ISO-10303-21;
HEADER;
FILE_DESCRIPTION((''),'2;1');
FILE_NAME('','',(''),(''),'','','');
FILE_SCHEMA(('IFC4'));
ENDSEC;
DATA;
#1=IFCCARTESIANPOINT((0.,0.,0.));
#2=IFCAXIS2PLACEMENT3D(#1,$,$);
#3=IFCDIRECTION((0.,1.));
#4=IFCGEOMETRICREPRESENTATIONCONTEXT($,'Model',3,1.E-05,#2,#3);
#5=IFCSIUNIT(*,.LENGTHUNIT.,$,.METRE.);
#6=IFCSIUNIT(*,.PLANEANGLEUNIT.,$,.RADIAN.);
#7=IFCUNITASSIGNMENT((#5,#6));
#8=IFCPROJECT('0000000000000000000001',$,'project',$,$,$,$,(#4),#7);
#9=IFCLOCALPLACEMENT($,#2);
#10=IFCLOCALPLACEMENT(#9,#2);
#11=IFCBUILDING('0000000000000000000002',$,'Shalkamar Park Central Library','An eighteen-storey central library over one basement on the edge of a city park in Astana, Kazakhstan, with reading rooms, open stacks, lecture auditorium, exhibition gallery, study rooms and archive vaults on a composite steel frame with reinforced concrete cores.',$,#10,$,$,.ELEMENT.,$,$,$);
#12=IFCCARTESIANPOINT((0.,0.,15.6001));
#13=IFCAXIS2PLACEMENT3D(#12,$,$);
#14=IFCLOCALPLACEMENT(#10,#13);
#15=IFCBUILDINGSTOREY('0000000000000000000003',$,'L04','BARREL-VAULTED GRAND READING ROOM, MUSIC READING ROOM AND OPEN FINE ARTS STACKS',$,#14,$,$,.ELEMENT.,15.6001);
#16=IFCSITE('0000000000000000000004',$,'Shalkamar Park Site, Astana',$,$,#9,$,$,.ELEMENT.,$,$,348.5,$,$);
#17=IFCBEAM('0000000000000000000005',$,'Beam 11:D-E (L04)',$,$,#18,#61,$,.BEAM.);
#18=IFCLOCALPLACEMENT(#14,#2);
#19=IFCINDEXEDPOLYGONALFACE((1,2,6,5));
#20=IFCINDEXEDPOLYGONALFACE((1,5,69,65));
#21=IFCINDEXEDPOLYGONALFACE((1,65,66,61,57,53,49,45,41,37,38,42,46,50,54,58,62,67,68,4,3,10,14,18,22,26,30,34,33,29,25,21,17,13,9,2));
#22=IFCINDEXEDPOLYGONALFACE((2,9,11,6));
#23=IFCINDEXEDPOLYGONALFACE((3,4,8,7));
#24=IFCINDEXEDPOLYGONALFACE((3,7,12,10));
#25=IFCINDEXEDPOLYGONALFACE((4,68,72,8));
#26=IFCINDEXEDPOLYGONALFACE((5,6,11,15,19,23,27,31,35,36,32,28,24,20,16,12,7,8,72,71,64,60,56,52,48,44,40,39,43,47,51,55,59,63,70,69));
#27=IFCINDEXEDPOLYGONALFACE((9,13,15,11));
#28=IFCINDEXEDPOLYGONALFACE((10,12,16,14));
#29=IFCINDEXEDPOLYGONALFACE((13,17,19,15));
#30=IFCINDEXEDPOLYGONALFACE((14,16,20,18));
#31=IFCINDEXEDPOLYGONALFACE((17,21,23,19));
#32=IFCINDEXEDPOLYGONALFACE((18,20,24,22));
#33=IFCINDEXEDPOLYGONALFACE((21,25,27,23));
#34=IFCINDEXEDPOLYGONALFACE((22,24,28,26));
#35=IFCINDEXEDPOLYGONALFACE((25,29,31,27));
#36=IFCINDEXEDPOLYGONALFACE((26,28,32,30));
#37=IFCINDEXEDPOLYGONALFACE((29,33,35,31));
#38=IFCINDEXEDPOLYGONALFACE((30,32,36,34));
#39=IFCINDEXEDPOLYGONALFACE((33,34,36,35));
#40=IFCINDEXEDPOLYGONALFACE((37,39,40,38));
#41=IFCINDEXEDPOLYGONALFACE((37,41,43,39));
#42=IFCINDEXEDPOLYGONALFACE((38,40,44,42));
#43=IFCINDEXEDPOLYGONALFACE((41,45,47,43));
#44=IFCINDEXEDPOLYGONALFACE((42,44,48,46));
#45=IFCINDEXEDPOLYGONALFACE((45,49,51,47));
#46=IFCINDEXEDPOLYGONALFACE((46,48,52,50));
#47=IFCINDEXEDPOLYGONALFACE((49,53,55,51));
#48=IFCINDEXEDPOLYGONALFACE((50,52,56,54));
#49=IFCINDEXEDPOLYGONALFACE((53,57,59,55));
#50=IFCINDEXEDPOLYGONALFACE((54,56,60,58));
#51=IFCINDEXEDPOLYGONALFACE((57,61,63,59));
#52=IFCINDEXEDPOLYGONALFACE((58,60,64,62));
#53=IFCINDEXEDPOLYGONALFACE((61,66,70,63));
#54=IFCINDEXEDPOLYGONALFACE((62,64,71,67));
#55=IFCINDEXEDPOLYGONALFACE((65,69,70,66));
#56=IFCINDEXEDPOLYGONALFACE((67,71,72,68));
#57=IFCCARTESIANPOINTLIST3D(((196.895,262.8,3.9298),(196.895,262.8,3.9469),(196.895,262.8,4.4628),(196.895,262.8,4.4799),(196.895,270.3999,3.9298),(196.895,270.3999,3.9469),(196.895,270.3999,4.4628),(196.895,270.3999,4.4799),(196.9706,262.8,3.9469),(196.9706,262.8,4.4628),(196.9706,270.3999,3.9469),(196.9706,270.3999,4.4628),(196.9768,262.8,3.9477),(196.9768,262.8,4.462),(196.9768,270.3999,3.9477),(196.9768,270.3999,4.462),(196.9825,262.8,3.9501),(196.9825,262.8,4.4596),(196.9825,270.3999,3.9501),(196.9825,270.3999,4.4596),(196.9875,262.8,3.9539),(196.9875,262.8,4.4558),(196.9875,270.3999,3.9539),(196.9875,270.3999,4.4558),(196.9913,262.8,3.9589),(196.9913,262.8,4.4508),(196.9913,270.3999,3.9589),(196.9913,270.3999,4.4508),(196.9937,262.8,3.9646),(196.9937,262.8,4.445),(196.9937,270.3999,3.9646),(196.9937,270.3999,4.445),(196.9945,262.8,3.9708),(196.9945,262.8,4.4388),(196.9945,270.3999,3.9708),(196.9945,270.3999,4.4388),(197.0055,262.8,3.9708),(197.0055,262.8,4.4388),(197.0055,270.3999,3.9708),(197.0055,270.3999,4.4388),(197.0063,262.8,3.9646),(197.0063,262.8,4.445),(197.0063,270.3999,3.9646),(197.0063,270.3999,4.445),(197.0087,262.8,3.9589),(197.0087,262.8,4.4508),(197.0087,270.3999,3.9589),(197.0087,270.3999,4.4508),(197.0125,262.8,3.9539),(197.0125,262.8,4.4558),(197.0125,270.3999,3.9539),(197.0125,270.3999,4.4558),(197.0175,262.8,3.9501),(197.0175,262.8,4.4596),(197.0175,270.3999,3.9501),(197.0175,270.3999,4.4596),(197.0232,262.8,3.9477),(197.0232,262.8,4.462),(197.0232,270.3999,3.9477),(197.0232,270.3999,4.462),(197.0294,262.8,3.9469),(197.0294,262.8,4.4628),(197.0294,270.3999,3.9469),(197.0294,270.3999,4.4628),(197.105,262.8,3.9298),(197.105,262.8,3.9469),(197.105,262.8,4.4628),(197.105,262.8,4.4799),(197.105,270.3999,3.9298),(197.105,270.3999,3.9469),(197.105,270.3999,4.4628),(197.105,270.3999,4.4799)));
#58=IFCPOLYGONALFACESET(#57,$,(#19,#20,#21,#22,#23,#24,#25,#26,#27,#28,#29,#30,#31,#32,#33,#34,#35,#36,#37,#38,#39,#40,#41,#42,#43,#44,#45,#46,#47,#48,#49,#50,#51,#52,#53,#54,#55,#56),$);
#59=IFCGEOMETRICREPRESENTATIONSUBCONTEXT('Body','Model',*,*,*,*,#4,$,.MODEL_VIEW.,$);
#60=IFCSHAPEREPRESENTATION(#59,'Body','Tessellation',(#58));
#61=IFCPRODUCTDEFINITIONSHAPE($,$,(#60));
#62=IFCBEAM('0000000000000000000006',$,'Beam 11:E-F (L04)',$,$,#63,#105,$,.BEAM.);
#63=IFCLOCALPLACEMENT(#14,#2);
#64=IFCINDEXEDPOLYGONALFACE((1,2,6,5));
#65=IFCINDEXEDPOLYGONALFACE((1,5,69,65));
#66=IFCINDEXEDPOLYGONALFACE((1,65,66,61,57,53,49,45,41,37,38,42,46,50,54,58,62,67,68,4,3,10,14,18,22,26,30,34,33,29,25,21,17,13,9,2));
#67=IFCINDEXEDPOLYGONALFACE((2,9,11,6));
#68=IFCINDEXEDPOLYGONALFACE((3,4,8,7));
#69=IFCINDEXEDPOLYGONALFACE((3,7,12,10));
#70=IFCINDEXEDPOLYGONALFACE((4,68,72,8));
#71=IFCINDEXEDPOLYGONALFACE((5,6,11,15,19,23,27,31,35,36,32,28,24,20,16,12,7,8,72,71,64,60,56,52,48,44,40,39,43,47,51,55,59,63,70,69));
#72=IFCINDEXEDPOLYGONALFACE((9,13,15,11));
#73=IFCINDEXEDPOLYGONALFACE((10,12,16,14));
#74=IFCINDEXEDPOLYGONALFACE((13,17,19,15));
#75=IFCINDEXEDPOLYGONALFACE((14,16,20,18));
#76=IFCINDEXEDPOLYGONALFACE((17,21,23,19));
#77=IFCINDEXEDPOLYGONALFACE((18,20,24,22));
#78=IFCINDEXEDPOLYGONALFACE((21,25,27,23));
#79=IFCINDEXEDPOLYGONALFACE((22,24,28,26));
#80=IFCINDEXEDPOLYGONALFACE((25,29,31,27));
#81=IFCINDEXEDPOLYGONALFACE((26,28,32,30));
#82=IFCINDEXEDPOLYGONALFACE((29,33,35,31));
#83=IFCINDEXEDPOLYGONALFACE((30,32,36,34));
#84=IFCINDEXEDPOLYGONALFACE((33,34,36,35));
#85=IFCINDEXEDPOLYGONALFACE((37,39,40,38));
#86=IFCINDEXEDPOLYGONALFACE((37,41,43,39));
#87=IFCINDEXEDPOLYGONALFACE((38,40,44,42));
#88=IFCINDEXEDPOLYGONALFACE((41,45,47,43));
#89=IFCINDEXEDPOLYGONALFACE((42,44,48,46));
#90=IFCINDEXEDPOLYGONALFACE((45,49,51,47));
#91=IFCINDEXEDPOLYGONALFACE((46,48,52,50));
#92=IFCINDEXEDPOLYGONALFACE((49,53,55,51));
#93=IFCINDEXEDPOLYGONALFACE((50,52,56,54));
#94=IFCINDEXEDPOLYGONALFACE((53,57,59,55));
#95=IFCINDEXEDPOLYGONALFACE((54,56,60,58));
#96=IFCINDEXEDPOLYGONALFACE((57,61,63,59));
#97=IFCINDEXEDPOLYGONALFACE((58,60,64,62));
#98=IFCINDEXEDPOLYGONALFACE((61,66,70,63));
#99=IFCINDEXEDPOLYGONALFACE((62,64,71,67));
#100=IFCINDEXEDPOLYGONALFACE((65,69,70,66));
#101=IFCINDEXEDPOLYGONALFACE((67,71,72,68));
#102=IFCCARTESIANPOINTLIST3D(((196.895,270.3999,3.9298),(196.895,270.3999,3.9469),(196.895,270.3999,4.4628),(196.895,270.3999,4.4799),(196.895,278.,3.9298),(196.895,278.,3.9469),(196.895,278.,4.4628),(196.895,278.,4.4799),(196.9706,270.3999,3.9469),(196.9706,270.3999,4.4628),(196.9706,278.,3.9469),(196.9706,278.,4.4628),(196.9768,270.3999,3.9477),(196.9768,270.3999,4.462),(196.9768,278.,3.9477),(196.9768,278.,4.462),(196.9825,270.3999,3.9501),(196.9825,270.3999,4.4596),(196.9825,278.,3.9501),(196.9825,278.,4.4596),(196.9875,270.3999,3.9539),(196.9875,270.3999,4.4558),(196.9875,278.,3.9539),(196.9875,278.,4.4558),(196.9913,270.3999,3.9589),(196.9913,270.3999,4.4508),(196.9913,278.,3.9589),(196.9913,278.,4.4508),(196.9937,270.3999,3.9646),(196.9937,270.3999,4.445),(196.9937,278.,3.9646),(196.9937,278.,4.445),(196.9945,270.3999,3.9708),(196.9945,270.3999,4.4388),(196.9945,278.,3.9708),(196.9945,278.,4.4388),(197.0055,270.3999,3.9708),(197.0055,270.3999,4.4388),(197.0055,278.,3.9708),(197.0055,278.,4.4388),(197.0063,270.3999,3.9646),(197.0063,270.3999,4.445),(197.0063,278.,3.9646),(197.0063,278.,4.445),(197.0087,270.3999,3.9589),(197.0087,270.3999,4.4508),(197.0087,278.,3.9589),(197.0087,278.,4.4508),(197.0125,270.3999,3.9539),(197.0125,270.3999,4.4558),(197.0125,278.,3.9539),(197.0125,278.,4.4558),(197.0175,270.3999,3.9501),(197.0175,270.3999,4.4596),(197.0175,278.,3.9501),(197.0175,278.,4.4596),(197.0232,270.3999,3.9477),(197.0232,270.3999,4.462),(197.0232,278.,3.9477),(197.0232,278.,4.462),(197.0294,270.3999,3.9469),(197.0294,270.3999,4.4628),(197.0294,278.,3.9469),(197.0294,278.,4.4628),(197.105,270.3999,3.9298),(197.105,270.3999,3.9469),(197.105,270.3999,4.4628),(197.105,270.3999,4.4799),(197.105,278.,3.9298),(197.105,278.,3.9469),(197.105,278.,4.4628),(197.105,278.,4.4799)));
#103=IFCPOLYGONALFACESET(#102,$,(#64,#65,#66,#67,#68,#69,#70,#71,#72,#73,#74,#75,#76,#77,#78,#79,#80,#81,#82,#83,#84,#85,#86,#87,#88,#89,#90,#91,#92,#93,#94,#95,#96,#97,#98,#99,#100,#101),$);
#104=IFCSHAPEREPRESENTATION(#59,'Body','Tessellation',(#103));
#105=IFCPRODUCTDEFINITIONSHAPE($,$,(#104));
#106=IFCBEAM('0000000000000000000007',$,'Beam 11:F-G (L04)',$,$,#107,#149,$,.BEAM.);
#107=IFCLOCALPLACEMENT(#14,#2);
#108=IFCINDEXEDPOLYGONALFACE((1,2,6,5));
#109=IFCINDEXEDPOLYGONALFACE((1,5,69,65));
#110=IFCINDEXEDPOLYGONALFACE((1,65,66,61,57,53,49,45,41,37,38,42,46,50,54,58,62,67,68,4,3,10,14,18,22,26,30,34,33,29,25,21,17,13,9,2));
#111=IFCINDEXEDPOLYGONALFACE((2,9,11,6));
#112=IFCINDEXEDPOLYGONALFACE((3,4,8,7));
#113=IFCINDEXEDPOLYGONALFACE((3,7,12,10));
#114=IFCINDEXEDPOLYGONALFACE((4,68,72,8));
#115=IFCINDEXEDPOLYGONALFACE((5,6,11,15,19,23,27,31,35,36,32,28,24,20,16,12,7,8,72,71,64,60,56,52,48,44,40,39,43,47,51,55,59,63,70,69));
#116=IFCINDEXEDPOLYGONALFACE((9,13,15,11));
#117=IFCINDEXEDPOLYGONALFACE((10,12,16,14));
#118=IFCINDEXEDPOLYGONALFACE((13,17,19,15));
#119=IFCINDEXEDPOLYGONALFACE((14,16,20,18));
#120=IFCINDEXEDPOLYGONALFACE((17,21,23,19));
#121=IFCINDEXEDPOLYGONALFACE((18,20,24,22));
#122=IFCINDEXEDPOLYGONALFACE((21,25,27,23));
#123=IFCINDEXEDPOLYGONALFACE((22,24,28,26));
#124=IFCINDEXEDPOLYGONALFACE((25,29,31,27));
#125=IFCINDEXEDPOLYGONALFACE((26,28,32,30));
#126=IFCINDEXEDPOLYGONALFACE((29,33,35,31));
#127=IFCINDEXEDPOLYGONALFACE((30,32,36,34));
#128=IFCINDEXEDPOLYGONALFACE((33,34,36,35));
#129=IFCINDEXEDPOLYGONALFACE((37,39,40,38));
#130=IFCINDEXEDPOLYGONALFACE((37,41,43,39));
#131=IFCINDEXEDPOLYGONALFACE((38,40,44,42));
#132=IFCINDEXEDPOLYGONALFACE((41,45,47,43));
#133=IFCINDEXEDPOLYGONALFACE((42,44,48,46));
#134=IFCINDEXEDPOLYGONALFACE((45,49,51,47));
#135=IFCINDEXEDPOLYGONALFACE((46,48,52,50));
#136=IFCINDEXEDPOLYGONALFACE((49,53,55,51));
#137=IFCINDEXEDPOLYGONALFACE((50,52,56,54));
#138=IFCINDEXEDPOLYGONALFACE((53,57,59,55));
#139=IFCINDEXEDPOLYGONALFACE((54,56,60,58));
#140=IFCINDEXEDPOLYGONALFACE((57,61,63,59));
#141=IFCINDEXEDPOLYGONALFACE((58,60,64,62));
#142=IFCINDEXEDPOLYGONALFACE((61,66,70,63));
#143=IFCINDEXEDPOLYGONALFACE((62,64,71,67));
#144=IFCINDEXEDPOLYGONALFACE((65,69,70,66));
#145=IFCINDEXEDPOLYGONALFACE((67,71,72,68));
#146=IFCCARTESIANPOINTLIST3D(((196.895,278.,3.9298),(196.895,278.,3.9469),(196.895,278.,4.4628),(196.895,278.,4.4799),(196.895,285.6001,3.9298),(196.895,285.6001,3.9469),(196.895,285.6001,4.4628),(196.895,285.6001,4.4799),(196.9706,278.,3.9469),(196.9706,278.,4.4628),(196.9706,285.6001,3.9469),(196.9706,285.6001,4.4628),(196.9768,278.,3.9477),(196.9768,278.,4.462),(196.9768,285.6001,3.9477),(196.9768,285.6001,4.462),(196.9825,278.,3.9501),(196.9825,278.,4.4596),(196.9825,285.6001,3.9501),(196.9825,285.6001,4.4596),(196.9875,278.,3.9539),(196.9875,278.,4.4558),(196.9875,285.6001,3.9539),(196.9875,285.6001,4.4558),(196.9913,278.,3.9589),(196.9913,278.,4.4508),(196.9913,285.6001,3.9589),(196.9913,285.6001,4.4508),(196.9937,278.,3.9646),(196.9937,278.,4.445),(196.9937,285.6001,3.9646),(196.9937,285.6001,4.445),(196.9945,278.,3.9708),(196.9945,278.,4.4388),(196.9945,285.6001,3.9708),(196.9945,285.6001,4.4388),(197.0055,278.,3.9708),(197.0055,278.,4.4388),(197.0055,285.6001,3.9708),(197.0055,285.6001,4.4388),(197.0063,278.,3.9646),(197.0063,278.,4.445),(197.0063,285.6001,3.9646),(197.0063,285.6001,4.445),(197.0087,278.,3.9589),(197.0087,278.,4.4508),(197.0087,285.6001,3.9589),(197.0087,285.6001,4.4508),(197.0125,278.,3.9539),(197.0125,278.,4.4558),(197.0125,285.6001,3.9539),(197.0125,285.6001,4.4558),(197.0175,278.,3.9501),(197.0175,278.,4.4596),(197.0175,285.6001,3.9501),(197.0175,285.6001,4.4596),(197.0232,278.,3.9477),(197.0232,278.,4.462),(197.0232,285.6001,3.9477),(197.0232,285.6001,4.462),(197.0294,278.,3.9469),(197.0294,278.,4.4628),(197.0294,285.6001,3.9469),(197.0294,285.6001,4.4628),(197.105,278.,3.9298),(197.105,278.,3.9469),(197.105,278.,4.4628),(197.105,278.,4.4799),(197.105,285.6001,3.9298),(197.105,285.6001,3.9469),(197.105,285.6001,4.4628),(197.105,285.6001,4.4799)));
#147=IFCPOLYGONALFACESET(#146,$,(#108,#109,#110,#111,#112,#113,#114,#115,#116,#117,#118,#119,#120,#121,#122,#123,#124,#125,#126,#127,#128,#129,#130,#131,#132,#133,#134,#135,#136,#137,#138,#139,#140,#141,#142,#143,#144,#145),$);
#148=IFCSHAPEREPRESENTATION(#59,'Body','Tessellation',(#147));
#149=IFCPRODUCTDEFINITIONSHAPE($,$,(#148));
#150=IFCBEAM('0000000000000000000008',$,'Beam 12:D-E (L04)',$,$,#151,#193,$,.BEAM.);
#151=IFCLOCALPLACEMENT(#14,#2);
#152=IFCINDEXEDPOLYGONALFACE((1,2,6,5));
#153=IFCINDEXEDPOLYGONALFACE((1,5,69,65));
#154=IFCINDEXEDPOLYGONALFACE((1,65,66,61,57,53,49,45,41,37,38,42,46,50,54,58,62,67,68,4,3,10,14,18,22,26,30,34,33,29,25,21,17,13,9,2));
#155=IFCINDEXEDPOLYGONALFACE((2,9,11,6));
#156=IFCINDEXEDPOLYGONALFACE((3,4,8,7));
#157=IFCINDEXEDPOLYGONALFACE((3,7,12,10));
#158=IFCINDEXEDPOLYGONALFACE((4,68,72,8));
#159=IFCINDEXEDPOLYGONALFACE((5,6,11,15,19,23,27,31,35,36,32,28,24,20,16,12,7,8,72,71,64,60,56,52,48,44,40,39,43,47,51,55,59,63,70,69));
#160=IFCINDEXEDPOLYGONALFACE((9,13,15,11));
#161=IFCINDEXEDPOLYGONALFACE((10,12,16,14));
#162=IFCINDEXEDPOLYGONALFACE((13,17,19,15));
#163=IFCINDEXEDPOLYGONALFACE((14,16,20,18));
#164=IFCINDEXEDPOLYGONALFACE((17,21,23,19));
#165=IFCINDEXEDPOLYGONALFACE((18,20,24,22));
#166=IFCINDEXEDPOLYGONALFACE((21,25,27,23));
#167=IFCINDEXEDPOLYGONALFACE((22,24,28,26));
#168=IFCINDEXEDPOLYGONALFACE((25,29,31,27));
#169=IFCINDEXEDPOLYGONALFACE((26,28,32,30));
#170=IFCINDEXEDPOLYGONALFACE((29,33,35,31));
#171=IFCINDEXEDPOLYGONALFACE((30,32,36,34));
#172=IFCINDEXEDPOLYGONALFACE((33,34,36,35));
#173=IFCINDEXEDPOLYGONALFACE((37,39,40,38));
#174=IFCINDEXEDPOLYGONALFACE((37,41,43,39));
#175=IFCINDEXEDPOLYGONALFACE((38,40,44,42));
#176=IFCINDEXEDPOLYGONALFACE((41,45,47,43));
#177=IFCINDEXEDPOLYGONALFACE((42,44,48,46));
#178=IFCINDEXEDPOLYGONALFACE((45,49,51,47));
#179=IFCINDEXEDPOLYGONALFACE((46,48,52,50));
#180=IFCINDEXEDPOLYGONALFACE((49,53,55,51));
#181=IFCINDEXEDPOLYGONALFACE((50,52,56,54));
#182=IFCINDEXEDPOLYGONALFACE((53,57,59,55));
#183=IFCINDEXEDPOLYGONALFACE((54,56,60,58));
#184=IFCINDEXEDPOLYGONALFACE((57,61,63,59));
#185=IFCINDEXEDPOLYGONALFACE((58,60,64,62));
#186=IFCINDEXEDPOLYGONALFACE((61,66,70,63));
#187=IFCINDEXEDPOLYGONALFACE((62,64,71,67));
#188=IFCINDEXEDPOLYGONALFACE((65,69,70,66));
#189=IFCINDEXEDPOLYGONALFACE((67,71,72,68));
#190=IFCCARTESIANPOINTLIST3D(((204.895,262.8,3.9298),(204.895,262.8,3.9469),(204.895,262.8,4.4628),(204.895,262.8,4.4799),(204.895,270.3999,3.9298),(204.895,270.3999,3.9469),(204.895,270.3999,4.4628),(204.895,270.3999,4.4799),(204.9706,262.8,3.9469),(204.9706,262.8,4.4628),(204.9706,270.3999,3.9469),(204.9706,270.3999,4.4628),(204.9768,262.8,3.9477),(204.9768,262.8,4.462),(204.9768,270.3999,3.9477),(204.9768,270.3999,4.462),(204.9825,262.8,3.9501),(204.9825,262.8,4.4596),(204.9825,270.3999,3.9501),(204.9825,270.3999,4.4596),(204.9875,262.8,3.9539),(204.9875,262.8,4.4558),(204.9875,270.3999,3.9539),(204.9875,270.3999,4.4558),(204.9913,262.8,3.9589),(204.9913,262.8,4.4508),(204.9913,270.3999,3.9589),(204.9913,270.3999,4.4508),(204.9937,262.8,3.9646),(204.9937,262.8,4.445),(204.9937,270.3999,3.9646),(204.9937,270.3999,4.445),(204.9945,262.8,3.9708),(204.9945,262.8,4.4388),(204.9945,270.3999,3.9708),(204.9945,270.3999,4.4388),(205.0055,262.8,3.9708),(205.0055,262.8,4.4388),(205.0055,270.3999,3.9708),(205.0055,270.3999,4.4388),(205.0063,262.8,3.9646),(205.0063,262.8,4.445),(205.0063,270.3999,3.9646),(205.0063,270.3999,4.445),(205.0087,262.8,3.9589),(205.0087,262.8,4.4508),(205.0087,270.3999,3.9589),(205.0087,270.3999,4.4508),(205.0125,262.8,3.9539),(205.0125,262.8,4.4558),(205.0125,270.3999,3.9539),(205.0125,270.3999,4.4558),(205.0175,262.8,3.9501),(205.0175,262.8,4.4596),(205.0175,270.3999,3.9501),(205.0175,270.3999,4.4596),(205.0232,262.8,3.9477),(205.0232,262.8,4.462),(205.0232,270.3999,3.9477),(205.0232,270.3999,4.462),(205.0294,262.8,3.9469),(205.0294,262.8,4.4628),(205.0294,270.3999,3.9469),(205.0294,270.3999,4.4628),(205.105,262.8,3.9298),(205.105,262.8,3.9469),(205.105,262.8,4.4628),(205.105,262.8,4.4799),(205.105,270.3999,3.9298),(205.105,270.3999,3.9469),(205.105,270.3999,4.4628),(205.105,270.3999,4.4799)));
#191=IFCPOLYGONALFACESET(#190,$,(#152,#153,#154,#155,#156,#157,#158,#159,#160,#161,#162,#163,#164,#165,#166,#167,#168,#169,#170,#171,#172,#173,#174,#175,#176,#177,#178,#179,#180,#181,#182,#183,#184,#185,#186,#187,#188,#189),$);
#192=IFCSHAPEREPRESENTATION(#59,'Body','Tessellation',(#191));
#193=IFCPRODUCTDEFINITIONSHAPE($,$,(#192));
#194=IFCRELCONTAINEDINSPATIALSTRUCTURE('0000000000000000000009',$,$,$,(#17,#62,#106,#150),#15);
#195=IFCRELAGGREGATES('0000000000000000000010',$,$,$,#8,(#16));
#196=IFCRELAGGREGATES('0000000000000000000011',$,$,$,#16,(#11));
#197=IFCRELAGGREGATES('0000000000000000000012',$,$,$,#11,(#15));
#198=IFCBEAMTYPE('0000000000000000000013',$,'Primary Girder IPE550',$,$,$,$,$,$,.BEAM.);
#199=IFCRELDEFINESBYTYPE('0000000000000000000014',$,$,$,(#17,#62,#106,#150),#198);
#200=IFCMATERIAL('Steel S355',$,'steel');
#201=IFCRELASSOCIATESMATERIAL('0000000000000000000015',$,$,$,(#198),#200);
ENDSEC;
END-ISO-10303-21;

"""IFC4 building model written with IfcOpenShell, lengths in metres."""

from ifc_helpers import new_model, si_unit, direction, frame, origin, origin_2d, place, context, subcontext, project, spatial, i_section, extrude, material, material_profile, profile_set, type_object, element, save


model = new_model("IFC4")

# Units and contexts
model_context = context("Model", 3, precision=1e-05, world=origin(), true_north=direction((0.0, 1.0)))
body_context = subcontext(model_context, "Body", "Model", "MODEL_VIEW")
ifc_project = project(units=[si_unit("LENGTHUNIT", "METRE"), si_unit("PLANEANGLEUNIT", "RADIAN")], contexts=[model_context])

# Site, building, storey
site_placement = place(None, origin())
site = spatial("IfcSite", under=ifc_project, at=site_placement, Name="Shalkamar Park Site, Astana", CompositionType="ELEMENT", RefElevation=348.5)
building_placement = place(site_placement, origin())
building = spatial("IfcBuilding", under=site, at=building_placement, Name="Shalkamar Park Central Library", Description="An eighteen-storey central library over one basement on the edge of a city park in Astana, Kazakhstan, with reading rooms, open stacks, lecture auditorium, exhibition gallery, study rooms and archive vaults on a composite steel frame with reinforced concrete cores.", CompositionType="ELEMENT")
storey_placement = place(building_placement, frame((0.0, 0.0, 15.6001)))
storey = spatial("IfcBuildingStorey", under=building, at=storey_placement, Name="L04", Description="BARREL-VAULTED GRAND READING ROOM, MUSIC READING ROOM AND OPEN FINE ARTS STACKS", CompositionType="ELEMENT", Elevation=15.6001)

# Shared definitions
ifc_material_1 = material(Name="Steel S355", Category="steel")

# Beams
ifc_material_profile_1 = material_profile(ifc_material_1, i_section(OverallWidth=0.21, OverallDepth=0.55, WebThickness=0.011, FlangeThickness=0.0171, FilletRadius=0.0239, at=origin_2d()), Name="IPE 550")
ifc_profile_set_1 = profile_set([ifc_material_profile_1], Name="Steel S355")
beam_type_1 = type_object("IfcBeamType", Name="Primary Girder IPE550", PredefinedType="BEAM", material=ifc_profile_set_1)
beam_1_placement = place(storey_placement, frame((197.0, 262.8, 4.2048), z_axis=(0.0, 1.0, 0.0), x_axis=(-1.0, 0.0, 0.0)))
element("IfcBeam", 1, at=beam_1_placement, inside=storey, type_object=beam_type_1, Name="Beam 11:D-E (L04)", PredefinedType="BEAM", context=body_context, shape_type="SweptSolid", body=[
    extrude(i_section(OverallWidth=0.21, OverallDepth=0.55, WebThickness=0.011, FlangeThickness=0.0171, FilletRadius=0.0239, at=origin_2d()), origin(), (0.0, 0.0, 1.0), 7.5999),
])
for number, where, z_axis, x_axis, name in (
    (2, (197.0, 270.3999, 4.2048), (0.0, 1.0, 0.0), (-1.0, 0.0, 0.0), "Beam 11:E-F (L04)"),
    (3, (197.0, 278.0, 4.2048), (0.0, 1.0, 0.0), (-1.0, 0.0, 0.0), "Beam 11:F-G (L04)"),
):
    element("IfcBeam", number, at=place(storey_placement, frame(where, z_axis=z_axis, x_axis=x_axis)), inside=storey, type_object=beam_type_1, Name=name, PredefinedType="BEAM", context=body_context, shape_type="SweptSolid", body=[
        extrude(i_section(OverallWidth=0.21, OverallDepth=0.55, WebThickness=0.011, FlangeThickness=0.0171, FilletRadius=0.0239, at=origin_2d()), origin(), (0.0, 0.0, 1.0), 7.6001),
    ])
beam_2_placement = place(storey_placement, frame((205.0, 262.8, 4.2048), z_axis=(0.0, 1.0, 0.0), x_axis=(-1.0, 0.0, 0.0)))
element("IfcBeam", 4, at=beam_2_placement, inside=storey, type_object=beam_type_1, Name="Beam 12:D-E (L04)", PredefinedType="BEAM", context=body_context, shape_type="SweptSolid", body=[
    extrude(i_section(OverallWidth=0.21, OverallDepth=0.55, WebThickness=0.011, FlangeThickness=0.0171, FilletRadius=0.0239, at=origin_2d()), origin(), (0.0, 0.0, 1.0), 7.5999),
])

save(model, "model.ifc")
